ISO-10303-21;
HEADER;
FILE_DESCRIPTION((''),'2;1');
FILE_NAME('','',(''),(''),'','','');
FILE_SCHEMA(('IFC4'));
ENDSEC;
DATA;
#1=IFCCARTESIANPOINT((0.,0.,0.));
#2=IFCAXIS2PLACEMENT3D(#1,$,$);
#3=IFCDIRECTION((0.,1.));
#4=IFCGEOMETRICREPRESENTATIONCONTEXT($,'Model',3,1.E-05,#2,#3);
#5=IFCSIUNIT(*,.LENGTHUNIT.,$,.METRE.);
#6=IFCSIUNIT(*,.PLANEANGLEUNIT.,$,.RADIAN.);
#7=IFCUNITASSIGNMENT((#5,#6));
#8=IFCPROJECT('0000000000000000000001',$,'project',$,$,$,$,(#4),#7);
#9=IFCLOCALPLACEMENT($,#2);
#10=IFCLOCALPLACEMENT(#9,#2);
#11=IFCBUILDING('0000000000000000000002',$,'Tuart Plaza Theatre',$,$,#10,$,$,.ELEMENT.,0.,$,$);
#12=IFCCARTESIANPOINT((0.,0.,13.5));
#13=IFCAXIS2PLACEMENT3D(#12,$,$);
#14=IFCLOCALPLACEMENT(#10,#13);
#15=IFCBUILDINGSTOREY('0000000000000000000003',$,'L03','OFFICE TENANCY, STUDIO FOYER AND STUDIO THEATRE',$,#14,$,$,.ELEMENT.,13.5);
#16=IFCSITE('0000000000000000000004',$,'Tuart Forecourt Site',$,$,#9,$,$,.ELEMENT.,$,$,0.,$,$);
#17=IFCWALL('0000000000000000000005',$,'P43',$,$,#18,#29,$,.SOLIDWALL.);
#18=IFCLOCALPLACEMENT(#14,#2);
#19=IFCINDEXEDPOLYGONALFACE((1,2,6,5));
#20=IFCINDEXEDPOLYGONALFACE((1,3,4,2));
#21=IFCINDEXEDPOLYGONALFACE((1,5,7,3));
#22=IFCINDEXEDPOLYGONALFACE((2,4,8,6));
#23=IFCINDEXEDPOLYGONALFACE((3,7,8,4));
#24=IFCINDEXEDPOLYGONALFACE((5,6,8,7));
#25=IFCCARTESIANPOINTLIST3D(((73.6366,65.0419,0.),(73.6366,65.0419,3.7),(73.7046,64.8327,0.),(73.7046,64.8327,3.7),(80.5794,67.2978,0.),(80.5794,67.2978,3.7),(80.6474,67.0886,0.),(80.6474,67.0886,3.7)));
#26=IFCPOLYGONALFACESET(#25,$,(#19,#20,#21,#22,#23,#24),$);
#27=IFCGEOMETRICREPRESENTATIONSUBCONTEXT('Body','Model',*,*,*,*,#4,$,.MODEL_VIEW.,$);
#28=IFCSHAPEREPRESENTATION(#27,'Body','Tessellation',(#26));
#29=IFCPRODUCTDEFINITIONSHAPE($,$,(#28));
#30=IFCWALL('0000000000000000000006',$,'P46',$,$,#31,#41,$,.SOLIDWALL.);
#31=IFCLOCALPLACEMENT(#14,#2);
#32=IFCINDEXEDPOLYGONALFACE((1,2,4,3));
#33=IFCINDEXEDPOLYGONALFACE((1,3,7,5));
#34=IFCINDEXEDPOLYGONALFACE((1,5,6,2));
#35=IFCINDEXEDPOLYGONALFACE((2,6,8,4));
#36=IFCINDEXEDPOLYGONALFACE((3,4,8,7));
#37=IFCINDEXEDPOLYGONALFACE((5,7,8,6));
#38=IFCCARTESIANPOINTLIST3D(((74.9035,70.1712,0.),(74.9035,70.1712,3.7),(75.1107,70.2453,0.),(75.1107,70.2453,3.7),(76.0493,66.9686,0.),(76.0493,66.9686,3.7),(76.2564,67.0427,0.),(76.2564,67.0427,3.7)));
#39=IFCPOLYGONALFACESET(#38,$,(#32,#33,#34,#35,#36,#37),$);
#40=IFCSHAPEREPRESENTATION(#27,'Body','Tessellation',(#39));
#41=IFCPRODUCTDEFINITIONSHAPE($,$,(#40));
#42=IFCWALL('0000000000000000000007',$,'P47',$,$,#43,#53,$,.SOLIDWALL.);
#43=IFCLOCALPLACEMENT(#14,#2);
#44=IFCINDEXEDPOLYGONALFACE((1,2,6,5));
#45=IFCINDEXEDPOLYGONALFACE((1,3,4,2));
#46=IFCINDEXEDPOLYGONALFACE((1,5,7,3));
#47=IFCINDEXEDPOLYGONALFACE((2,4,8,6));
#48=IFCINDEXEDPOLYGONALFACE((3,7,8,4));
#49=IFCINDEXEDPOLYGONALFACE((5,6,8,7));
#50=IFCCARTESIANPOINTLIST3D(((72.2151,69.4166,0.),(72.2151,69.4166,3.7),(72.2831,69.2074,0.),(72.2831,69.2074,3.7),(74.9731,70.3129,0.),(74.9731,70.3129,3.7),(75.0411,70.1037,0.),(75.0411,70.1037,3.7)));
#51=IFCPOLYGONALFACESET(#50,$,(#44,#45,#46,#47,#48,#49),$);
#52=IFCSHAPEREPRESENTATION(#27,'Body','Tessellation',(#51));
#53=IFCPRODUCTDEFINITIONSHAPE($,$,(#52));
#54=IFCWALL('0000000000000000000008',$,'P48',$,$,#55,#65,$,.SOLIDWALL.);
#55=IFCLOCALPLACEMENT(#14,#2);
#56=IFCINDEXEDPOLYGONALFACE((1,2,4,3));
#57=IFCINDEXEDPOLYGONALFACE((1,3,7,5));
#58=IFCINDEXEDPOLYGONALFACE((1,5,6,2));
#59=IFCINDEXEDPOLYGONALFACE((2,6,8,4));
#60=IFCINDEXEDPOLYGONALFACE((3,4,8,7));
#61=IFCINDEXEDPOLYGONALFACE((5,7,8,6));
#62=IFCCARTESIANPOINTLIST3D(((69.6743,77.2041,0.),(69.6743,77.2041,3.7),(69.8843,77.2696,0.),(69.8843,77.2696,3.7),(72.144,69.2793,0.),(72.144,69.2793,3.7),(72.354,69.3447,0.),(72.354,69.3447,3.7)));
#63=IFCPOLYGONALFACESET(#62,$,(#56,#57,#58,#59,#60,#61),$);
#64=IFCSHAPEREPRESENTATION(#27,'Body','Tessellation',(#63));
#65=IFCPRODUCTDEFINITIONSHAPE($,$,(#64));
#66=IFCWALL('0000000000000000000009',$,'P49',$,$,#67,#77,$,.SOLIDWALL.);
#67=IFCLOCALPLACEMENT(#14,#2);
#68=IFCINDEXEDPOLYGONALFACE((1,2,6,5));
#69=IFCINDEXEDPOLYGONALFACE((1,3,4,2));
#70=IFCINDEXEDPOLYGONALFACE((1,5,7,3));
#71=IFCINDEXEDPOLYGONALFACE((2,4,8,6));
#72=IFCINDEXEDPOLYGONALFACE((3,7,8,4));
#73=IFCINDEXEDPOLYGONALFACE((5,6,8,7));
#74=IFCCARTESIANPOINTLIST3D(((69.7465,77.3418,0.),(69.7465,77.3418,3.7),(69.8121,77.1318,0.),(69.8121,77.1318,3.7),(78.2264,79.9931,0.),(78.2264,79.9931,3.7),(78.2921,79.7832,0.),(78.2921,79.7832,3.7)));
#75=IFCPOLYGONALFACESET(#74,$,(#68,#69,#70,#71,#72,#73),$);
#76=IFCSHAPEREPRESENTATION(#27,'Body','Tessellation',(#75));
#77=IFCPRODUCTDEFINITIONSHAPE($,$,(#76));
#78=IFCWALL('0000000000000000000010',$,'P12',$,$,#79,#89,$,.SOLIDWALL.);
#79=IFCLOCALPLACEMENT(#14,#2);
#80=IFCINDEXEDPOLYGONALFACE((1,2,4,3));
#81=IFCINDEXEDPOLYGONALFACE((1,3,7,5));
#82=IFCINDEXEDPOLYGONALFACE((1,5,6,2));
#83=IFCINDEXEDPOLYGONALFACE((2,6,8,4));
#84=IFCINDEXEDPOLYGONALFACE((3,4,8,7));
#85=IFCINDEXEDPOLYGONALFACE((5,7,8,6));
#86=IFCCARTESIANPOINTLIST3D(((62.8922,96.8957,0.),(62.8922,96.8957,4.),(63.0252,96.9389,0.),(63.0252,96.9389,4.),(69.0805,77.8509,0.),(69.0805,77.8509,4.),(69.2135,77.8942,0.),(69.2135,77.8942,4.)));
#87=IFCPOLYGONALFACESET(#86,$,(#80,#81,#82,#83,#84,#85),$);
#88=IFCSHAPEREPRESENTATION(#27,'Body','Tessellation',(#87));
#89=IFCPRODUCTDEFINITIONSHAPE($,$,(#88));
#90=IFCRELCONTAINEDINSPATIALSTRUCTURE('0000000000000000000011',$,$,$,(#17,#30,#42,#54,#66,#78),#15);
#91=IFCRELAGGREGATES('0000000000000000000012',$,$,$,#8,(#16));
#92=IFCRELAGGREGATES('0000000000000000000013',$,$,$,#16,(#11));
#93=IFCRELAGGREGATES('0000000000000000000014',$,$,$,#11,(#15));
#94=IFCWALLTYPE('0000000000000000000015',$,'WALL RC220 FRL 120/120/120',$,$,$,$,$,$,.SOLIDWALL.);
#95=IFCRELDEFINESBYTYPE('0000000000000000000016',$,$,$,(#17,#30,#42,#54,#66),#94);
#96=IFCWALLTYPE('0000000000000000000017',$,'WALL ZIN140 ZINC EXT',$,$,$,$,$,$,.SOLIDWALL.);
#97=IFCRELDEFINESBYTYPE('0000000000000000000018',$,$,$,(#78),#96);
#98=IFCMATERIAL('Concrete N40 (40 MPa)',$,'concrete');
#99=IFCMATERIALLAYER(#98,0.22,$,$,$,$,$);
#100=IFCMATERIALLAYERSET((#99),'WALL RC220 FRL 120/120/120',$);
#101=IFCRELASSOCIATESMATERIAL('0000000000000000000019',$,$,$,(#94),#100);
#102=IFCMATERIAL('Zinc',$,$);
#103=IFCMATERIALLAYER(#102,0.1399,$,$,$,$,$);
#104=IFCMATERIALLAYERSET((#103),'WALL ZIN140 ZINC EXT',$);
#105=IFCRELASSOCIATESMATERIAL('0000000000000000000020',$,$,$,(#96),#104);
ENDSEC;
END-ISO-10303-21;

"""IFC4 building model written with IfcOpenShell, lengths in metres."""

from ifc_helpers import new_model, si_unit, direction, frame, frame_2d, origin, place, context, subcontext, project, spatial, rectangle, extrude, material, layer, layer_set, type_object, element, save


model = new_model("IFC4")

# Units and contexts
model_context = context("Model", 3, precision=1e-05, world=origin(), true_north=direction((0.0, 1.0)))
body_context = subcontext(model_context, "Body", "Model", "MODEL_VIEW")
ifc_project = project(units=[si_unit("LENGTHUNIT", "METRE"), si_unit("PLANEANGLEUNIT", "RADIAN")], contexts=[model_context])

# Site, building, storey
site_placement = place(None, origin())
site = spatial("IfcSite", under=ifc_project, at=site_placement, Name="Tuart Forecourt Site", CompositionType="ELEMENT", RefElevation=0.0)
building_placement = place(site_placement, origin())
building = spatial("IfcBuilding", under=site, at=building_placement, Name="Tuart Plaza Theatre", CompositionType="ELEMENT", ElevationOfRefHeight=0.0)
storey_placement = place(building_placement, frame((0.0, 0.0, 13.5)))
storey = spatial("IfcBuildingStorey", under=building, at=storey_placement, Name="L03", Description="OFFICE TENANCY, STUDIO FOYER AND STUDIO THEATRE", CompositionType="ELEMENT", Elevation=13.5)

# Walls
ifc_material_1 = material(Name="Concrete N40 (40 MPa)", Category="concrete")
ifc_layer_1 = layer(ifc_material_1, 0.22)
ifc_layer_set_1 = layer_set([ifc_layer_1], Name="WALL RC220 FRL 120/120/120")
wall_type_1 = type_object("IfcWallType", Name="WALL RC220 FRL 120/120/120", PredefinedType="SOLIDWALL", material=ifc_layer_set_1)
wall_1_placement = place(storey_placement, frame((80.6133, 67.1931, 0.0), z_axis=(0.0, 0.0, 1.0), x_axis=(-0.951057, -0.309015, 0.0)))
element("IfcWall", 1, at=wall_1_placement, inside=storey, type_object=wall_type_1, Name="P43", PredefinedType="SOLIDWALL", context=body_context, shape_type="SweptSolid", body=[
    extrude(rectangle(XDim=7.3, YDim=0.22, at=frame_2d((3.6499, 0.0))), origin(), (0.0, 0.0, 1.0), 3.7),
])
wall_2_placement = place(storey_placement, frame((76.1528, 67.0056, 0.0), z_axis=(0.0, 0.0, 1.0), x_axis=(-0.336846, 0.94156, 0.0)))
element("IfcWall", 2, at=wall_2_placement, inside=storey, type_object=wall_type_1, Name="P46", PredefinedType="SOLIDWALL", context=body_context, shape_type="SweptSolid", body=[
    extrude(rectangle(XDim=3.4014, YDim=0.22, at=frame_2d((1.7007, 0.0))), origin(), (0.0, 0.0, 1.0), 3.7),
])
wall_3_placement = place(storey_placement, frame((75.0071, 70.2083, 0.0), z_axis=(0.0, 0.0, 1.0), x_axis=(-0.951047, -0.309046, 0.0)))
element("IfcWall", 3, at=wall_3_placement, inside=storey, type_object=wall_type_1, Name="P47", PredefinedType="SOLIDWALL", context=body_context, shape_type="SweptSolid", body=[
    extrude(rectangle(XDim=2.8999, YDim=0.22, at=frame_2d((1.45, 0.0))), origin(), (0.0, 0.0, 1.0), 3.7),
])
wall_4_placement = place(storey_placement, frame((72.249, 69.312, 0.0), z_axis=(0.0, 0.0, 1.0), x_axis=(-0.297531, 0.954712, 0.0)))
element("IfcWall", 4, at=wall_4_placement, inside=storey, type_object=wall_type_1, Name="P48", PredefinedType="SOLIDWALL", context=body_context, shape_type="SweptSolid", body=[
    extrude(rectangle(XDim=8.3008, YDim=0.22, at=frame_2d((4.1504, 0.0))), origin(), (0.0, 0.0, 1.0), 3.7),
])
wall_5_placement = place(storey_placement, frame((69.7793, 77.2368, 0.0), z_axis=(0.0, 0.0, 1.0), x_axis=(0.954436, 0.298416, 0.0)))
element("IfcWall", 5, at=wall_5_placement, inside=storey, type_object=wall_type_1, Name="P49", PredefinedType="SOLIDWALL", context=body_context, shape_type="SweptSolid", body=[
    extrude(rectangle(XDim=8.8848, YDim=0.22, at=frame_2d((4.4424, 0.0))), origin(), (0.0, 0.0, 1.0), 3.7),
])
ifc_material_2 = material(Name="Zinc")
ifc_layer_2 = layer(ifc_material_2, 0.1399)
ifc_layer_set_2 = layer_set([ifc_layer_2], Name="WALL ZIN140 ZINC EXT")
wall_type_2 = type_object("IfcWallType", Name="WALL ZIN140 ZINC EXT", PredefinedType="SOLIDWALL", material=ifc_layer_set_2)
wall_6_placement = place(storey_placement, frame((69.147, 77.8726, 0.0), z_axis=(0.0, 0.0, 1.0), x_axis=(-0.309028, 0.951053, 0.0)))
element("IfcWall", 6, at=wall_6_placement, inside=storey, type_object=wall_type_2, Name="P12", PredefinedType="SOLIDWALL", context=body_context, shape_type="SweptSolid", body=[
    extrude(rectangle(XDim=20.0249, YDim=0.1399, at=frame_2d((10.0125, 0.0))), origin(), (0.0, 0.0, 1.0), 4.0),
])

save(model, "model.ifc")
